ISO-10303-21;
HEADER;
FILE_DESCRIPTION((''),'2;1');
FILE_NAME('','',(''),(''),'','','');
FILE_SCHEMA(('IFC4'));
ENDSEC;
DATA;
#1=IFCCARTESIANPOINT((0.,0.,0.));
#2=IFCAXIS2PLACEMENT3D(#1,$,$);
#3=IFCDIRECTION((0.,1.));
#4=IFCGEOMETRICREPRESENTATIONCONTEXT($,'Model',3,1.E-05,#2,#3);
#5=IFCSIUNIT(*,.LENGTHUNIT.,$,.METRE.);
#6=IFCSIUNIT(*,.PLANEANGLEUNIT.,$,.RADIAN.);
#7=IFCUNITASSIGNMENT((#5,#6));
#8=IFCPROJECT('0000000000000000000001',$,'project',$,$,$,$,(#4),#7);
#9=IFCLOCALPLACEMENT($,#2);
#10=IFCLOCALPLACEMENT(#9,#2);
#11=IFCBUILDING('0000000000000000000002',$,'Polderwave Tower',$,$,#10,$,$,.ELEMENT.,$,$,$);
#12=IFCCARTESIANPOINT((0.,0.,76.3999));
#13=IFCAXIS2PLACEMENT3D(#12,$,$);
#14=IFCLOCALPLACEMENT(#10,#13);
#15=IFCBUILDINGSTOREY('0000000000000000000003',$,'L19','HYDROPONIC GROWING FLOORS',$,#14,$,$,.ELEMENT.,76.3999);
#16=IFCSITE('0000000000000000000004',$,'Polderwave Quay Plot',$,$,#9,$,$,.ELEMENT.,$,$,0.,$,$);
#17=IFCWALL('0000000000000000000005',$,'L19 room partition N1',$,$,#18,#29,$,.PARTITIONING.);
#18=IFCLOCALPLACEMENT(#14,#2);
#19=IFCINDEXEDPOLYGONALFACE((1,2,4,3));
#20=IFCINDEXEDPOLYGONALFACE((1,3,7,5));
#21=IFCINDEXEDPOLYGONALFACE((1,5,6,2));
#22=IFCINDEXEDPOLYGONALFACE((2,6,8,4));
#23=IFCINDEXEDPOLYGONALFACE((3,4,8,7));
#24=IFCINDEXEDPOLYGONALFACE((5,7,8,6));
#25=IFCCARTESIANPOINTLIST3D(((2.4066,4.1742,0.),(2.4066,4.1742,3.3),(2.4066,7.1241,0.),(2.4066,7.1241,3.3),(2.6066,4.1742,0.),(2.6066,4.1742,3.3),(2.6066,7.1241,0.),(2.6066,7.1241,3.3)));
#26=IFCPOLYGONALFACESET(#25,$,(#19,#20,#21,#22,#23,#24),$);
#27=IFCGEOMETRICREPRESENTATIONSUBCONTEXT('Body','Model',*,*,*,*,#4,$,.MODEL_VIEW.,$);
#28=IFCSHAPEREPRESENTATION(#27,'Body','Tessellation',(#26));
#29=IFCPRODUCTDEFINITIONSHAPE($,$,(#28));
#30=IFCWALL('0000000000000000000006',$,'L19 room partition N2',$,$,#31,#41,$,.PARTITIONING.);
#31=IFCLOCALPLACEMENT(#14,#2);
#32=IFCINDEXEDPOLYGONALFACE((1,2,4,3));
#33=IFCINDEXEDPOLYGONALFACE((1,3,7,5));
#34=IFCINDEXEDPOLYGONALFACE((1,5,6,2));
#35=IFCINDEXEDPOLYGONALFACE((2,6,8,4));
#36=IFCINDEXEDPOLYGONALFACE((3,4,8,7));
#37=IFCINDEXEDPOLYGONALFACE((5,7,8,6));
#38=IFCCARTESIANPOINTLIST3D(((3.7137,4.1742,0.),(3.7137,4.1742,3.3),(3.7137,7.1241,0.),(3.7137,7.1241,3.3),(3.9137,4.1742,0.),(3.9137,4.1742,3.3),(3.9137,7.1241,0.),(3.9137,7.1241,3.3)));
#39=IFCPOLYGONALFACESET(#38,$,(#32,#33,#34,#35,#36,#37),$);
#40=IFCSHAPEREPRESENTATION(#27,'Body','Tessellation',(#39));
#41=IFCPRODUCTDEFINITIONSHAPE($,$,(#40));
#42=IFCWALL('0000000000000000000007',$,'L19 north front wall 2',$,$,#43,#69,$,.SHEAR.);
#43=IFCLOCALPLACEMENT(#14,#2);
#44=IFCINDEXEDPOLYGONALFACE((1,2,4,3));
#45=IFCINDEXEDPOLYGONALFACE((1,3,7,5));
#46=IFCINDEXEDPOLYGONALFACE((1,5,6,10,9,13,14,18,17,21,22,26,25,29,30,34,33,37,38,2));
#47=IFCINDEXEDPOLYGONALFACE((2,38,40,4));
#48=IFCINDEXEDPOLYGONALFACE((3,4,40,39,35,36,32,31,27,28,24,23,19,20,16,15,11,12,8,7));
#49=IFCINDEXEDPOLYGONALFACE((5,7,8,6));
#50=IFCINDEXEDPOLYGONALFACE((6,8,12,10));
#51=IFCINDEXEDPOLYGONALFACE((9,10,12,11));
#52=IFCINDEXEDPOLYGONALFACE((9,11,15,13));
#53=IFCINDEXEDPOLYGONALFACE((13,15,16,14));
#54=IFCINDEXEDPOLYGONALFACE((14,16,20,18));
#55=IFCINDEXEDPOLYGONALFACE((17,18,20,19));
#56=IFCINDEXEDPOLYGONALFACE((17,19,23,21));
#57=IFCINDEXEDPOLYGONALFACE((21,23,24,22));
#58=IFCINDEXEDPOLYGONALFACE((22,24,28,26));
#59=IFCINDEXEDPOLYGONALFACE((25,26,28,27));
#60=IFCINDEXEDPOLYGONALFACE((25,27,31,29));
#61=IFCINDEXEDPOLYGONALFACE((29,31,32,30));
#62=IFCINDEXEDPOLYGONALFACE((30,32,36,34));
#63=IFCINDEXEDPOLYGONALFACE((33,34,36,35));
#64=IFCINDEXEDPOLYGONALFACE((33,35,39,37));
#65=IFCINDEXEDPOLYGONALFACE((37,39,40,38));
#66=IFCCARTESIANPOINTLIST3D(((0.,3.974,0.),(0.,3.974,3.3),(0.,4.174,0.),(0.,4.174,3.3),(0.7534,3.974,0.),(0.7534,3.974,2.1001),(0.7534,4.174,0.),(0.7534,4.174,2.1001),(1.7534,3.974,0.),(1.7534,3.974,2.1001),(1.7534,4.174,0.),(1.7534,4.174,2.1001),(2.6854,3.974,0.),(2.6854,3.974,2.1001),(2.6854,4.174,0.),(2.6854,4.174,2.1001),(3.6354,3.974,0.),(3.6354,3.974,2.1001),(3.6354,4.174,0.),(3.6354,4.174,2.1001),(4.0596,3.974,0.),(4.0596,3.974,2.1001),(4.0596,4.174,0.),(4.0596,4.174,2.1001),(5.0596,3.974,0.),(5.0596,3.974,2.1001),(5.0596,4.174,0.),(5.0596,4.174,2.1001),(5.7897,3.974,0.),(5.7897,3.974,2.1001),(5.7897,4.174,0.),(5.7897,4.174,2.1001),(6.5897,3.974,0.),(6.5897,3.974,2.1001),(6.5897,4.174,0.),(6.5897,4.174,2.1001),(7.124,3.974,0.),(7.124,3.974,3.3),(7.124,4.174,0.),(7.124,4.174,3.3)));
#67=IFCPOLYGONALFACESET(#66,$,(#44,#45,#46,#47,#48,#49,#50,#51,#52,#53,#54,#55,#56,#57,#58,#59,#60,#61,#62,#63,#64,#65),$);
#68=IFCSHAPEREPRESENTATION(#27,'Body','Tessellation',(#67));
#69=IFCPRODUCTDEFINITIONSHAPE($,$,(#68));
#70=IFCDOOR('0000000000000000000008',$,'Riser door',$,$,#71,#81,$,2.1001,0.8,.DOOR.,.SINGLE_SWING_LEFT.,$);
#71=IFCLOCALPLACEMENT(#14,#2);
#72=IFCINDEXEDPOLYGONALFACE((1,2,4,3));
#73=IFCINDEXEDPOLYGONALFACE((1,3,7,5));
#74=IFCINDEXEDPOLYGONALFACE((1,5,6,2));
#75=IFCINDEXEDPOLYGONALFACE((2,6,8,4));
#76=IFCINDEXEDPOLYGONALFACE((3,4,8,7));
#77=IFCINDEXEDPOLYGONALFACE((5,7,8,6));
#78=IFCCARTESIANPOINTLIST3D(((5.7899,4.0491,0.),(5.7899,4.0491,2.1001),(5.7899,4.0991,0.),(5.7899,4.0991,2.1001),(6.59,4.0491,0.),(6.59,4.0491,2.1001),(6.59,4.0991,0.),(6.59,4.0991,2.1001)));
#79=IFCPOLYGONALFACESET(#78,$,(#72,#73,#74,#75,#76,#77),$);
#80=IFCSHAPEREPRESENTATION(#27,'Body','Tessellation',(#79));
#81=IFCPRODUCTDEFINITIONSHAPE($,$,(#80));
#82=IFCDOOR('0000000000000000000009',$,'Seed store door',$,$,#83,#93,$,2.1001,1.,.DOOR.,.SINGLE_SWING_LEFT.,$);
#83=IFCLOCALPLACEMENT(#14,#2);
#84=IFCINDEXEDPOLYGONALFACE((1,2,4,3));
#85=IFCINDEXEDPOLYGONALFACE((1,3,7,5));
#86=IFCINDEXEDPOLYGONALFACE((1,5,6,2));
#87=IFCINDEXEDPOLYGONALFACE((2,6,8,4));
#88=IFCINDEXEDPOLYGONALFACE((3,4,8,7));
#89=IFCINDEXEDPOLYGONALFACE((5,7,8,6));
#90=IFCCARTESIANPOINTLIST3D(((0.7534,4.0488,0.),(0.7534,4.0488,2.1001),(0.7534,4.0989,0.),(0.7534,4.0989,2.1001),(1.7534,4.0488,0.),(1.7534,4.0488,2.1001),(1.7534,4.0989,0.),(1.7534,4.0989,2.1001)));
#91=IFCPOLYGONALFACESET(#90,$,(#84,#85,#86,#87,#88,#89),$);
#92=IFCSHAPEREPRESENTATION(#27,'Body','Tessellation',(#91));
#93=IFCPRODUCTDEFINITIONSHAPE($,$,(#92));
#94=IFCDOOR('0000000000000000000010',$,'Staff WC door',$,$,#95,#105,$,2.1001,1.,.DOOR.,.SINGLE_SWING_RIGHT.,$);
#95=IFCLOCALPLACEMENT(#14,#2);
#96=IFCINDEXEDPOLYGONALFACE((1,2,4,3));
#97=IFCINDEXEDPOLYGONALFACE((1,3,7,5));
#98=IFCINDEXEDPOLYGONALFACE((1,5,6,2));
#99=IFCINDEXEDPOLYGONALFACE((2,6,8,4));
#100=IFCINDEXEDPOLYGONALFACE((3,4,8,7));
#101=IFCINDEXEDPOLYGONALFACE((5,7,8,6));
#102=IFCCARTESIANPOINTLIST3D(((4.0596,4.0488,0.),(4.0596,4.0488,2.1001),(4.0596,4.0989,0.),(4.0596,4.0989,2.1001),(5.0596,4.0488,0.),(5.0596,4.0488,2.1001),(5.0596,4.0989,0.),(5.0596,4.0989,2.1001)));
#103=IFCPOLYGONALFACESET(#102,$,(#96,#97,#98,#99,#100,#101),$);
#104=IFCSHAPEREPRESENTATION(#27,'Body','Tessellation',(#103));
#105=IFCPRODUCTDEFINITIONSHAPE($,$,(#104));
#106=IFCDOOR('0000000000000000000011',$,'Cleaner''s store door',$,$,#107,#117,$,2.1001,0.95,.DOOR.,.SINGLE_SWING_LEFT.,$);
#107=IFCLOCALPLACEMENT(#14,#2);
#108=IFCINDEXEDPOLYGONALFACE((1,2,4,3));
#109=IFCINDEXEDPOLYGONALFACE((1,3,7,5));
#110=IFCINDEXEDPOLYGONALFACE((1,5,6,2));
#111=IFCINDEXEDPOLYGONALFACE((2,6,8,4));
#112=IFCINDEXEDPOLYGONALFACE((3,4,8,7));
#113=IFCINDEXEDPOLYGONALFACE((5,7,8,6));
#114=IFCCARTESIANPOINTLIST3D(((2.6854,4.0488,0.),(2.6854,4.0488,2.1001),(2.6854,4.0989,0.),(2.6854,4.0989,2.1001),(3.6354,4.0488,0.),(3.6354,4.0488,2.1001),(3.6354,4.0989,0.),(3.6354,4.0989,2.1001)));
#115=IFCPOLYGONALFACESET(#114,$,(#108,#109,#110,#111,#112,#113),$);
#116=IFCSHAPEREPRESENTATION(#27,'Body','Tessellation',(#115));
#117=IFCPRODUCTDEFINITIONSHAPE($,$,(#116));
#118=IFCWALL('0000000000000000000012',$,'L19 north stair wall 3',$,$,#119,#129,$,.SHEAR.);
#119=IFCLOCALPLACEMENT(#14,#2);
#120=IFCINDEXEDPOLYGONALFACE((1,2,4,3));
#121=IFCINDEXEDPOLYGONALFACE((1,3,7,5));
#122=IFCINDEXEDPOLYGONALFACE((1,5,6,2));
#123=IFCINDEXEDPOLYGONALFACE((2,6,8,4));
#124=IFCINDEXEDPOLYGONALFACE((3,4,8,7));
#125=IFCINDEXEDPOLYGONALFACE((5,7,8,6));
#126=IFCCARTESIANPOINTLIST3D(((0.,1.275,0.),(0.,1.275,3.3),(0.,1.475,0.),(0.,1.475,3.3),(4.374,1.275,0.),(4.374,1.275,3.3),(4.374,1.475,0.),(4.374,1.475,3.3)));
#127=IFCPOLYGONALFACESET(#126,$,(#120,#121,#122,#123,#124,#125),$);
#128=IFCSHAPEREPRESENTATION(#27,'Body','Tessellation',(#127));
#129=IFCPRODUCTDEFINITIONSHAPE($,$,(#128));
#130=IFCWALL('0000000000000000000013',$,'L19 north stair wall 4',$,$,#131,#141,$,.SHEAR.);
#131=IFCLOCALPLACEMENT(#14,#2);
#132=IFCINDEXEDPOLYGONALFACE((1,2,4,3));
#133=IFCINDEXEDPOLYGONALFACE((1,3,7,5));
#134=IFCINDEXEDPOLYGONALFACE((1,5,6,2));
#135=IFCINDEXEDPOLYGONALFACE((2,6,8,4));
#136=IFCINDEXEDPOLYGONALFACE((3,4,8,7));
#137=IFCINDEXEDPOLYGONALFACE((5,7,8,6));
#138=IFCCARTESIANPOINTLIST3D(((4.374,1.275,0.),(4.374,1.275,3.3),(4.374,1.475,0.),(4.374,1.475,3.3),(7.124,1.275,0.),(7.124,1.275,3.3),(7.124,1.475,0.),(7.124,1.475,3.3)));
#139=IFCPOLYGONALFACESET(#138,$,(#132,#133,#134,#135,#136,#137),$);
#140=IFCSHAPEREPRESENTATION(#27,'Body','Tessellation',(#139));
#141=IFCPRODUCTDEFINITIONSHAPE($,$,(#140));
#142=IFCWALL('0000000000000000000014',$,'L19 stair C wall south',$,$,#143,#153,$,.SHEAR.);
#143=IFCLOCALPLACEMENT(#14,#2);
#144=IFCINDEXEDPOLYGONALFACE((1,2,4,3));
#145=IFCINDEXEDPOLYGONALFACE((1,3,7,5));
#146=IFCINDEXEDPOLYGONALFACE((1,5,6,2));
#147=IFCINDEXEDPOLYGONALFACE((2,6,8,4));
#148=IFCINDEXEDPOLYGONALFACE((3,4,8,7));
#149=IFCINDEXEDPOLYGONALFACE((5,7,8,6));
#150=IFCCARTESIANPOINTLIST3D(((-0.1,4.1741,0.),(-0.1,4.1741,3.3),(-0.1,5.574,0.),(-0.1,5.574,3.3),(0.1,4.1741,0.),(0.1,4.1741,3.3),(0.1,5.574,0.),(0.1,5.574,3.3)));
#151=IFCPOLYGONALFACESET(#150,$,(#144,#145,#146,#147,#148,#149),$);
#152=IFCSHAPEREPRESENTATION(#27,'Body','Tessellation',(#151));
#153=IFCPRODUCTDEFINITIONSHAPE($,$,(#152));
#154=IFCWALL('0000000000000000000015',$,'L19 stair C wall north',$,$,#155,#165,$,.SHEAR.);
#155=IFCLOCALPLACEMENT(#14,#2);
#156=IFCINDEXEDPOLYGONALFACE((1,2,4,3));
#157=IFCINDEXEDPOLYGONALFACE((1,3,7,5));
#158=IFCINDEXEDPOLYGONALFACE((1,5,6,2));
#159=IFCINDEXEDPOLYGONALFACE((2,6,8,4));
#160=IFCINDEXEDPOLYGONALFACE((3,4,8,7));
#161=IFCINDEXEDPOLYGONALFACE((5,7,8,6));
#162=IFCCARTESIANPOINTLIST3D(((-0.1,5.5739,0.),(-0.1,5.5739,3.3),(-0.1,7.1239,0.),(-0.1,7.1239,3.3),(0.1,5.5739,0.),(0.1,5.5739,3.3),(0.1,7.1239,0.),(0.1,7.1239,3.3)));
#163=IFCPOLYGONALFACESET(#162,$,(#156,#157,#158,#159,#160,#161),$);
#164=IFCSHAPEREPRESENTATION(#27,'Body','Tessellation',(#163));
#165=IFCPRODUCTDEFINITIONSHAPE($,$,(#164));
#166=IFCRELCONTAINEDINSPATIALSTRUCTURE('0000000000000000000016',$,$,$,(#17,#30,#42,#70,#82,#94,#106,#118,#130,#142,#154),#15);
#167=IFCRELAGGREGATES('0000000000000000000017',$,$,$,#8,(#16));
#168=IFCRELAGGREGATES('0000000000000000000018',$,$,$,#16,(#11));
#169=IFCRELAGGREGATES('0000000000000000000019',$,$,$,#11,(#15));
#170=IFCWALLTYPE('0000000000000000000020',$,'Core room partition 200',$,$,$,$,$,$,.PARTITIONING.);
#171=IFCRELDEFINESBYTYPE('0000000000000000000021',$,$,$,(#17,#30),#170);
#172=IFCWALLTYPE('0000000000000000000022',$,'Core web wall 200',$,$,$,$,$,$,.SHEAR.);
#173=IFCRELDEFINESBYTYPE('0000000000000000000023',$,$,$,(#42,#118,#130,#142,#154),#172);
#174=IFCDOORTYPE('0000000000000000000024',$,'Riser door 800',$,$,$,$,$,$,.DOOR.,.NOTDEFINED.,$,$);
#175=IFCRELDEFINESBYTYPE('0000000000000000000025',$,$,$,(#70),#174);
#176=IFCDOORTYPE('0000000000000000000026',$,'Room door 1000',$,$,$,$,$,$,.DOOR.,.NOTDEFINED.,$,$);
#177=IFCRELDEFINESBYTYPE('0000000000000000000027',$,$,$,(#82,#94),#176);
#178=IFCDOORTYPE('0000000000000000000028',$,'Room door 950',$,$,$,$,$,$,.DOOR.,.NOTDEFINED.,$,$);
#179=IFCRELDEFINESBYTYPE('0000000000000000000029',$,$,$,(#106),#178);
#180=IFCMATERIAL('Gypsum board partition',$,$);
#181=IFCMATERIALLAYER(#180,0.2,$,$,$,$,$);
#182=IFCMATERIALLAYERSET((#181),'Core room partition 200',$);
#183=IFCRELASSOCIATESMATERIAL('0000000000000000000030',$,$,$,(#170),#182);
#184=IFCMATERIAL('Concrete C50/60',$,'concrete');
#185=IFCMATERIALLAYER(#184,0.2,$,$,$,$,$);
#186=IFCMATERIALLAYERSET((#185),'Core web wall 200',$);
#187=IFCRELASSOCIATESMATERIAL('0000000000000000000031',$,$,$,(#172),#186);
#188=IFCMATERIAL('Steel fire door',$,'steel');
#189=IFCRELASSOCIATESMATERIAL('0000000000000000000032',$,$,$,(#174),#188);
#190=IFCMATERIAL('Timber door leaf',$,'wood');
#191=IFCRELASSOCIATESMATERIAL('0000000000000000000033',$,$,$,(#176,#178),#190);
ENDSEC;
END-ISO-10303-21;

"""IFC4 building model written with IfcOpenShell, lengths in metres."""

from ifc_helpers import new_model, si_unit, direction, frame, frame_2d, origin, place, context, subcontext, project, spatial, rectangle, extrude, material, layer, layer_set, type_object, element, fill, save


model = new_model("IFC4")

# Units and contexts
model_context = context("Model", 3, precision=1e-05, world=origin(), true_north=direction((0.0, 1.0)))
body_context = subcontext(model_context, "Body", "Model", "MODEL_VIEW")
ifc_project = project(units=[si_unit("LENGTHUNIT", "METRE"), si_unit("PLANEANGLEUNIT", "RADIAN")], contexts=[model_context])

# Site, building, storey
site_placement = place(None, origin())
site = spatial("IfcSite", under=ifc_project, at=site_placement, Name="Polderwave Quay Plot", CompositionType="ELEMENT", RefElevation=0.0)
building_placement = place(site_placement, origin())
building = spatial("IfcBuilding", under=site, at=building_placement, Name="Polderwave Tower", CompositionType="ELEMENT")
storey_placement = place(building_placement, frame((0.0, 0.0, 76.3999)))
storey = spatial("IfcBuildingStorey", under=building, at=storey_placement, Name="L19", Description="HYDROPONIC GROWING FLOORS", CompositionType="ELEMENT", Elevation=76.3999)

# Walls
ifc_material_1 = material(Name="Gypsum board partition")
ifc_layer_1 = layer(ifc_material_1, 0.2)
ifc_layer_set_1 = layer_set([ifc_layer_1], Name="Core room partition 200")
wall_type_1 = type_object("IfcWallType", Name="Core room partition 200", PredefinedType="PARTITIONING", material=ifc_layer_set_1)
for number, where, z_axis, x_axis, name in (
    (1, (2.5066, 4.1741, 0.0), (0.0, 0.0, 1.0), (0.0, 1.0, 0.0), "L19 room partition N1"),
    (2, (3.8137, 4.1741, 0.0), (0.0, 0.0, 1.0), (0.0, 1.0, 0.0), "L19 room partition N2"),
):
    element("IfcWall", number, at=place(storey_placement, frame(where, z_axis=z_axis, x_axis=x_axis)), inside=storey, type_object=wall_type_1, Name=name, PredefinedType="PARTITIONING", context=body_context, shape_type="SweptSolid", body=[
        extrude(rectangle(XDim=2.95, YDim=0.2, at=frame_2d((1.4751, 0.0))), origin(), (0.0, 0.0, 1.0), 3.3),
    ])

# Wall, openings, doors
ifc_material_2 = material(Name="Concrete C50/60", Category="concrete")
ifc_layer_2 = layer(ifc_material_2, 0.2)
ifc_layer_set_2 = layer_set([ifc_layer_2], Name="Core web wall 200")
wall_type_2 = type_object("IfcWallType", Name="Core web wall 200", PredefinedType="SHEAR", material=ifc_layer_set_2)
wall_1_placement = place(storey_placement, frame((0.0, 4.074, 0.0), z_axis=(0.0, 0.0, 1.0), x_axis=(1.0, 0.0, 0.0)))
wall_1 = element("IfcWall", 3, at=wall_1_placement, inside=storey, type_object=wall_type_2, Name="L19 north front wall 2", PredefinedType="SHEAR", context=body_context, shape_type="SweptSolid", body=[
    extrude(rectangle(XDim=7.124, YDim=0.2, at=frame_2d((3.562, 0.0))), origin(), (0.0, 0.0, 1.0), 3.3),
])
opening_1_placement = place(wall_1_placement, frame((0.7534, 0.0, 0.0)))
opening_1 = element("IfcOpeningElement", 4, at=opening_1_placement, cuts=wall_1, PredefinedType="OPENING", context=body_context, shape_type="SweptSolid", body=[
    extrude(rectangle(XDim=1.0, YDim=2.1001, at=frame_2d((0.5, 1.05))), frame((0.0, 0.1099, 0.0), z_axis=(0.0, -1.0, 0.0), x_axis=(1.0, 0.0, 0.0)), (0.0, 0.0, 1.0), 0.22),
])
opening_2_placement = place(wall_1_placement, frame((2.6853, 0.0, 0.0)))
opening_2 = element("IfcOpeningElement", 5, at=opening_2_placement, cuts=wall_1, PredefinedType="OPENING", context=body_context, shape_type="SweptSolid", body=[
    extrude(rectangle(XDim=0.95, YDim=2.1001, at=frame_2d((0.4751, 1.05))), frame((0.0, 0.1099, 0.0), z_axis=(0.0, -1.0, 0.0), x_axis=(1.0, 0.0, 0.0)), (0.0, 0.0, 1.0), 0.22),
])
opening_3_placement = place(wall_1_placement, frame((4.0596, 0.0, 0.0)))
opening_3 = element("IfcOpeningElement", 6, at=opening_3_placement, cuts=wall_1, PredefinedType="OPENING", context=body_context, shape_type="SweptSolid", body=[
    extrude(rectangle(XDim=1.0, YDim=2.1001, at=frame_2d((0.5, 1.05))), frame((0.0, 0.1099, 0.0), z_axis=(0.0, -1.0, 0.0), x_axis=(1.0, 0.0, 0.0)), (0.0, 0.0, 1.0), 0.22),
])
opening_4_placement = place(wall_1_placement, frame((5.7898, 0.0, 0.0)))
opening_4 = element("IfcOpeningElement", 7, at=opening_4_placement, cuts=wall_1, PredefinedType="OPENING", context=body_context, shape_type="SweptSolid", body=[
    extrude(rectangle(XDim=0.8, YDim=2.1001, at=frame_2d((0.3999, 1.05))), frame((0.0, 0.1099, 0.0), z_axis=(0.0, -1.0, 0.0), x_axis=(1.0, 0.0, 0.0)), (0.0, 0.0, 1.0), 0.22),
])
ifc_material_3 = material(Name="Steel fire door", Category="steel")
door_type_1 = type_object("IfcDoorType", Name="Riser door 800", OperationType="NOTDEFINED", PredefinedType="DOOR", material=ifc_material_3)
door_1_placement = place(opening_4_placement, frame((0.8, 0.0, 0.0), z_axis=(0.0, 0.0, 1.0), x_axis=(-1.0, 0.0, 0.0)))
door_1 = element("IfcDoor", 8, at=door_1_placement, inside=storey, type_object=door_type_1, Name="Riser door", OperationType="SINGLE_SWING_LEFT", OverallHeight=2.1001, OverallWidth=0.8, PredefinedType="DOOR", context=body_context, shape_type="SweptSolid", body=[
    extrude(rectangle(XDim=0.8, YDim=2.1001, at=frame_2d((0.3999, 1.05))), frame((0.0, 0.0249, 0.0), z_axis=(0.0, -1.0, 0.0), x_axis=(1.0, 0.0, 0.0)), (0.0, 0.0, 1.0), 0.05),
])
fill(opening_4, door_1)
ifc_material_4 = material(Name="Timber door leaf", Category="wood")
door_type_2 = type_object("IfcDoorType", Name="Room door 1000", OperationType="NOTDEFINED", PredefinedType="DOOR", material=ifc_material_4)
door_2_placement = place(opening_1_placement, origin())
door_2 = element("IfcDoor", 9, at=door_2_placement, inside=storey, type_object=door_type_2, Name="Seed store door", OperationType="SINGLE_SWING_LEFT", OverallHeight=2.1001, OverallWidth=1.0, PredefinedType="DOOR", context=body_context, shape_type="SweptSolid", body=[
    extrude(rectangle(XDim=1.0, YDim=2.1001, at=frame_2d((0.5, 1.05))), frame((0.0, 0.0249, 0.0), z_axis=(0.0, -1.0, 0.0), x_axis=(1.0, 0.0, 0.0)), (0.0, 0.0, 1.0), 0.05),
])
fill(opening_1, door_2)
door_3_placement = place(opening_3_placement, origin())
door_3 = element("IfcDoor", 10, at=door_3_placement, inside=storey, type_object=door_type_2, Name="Staff WC door", OperationType="SINGLE_SWING_RIGHT", OverallHeight=2.1001, OverallWidth=1.0, PredefinedType="DOOR", context=body_context, shape_type="SweptSolid", body=[
    extrude(rectangle(XDim=1.0, YDim=2.1001, at=frame_2d((0.5, 1.05))), frame((0.0, 0.0249, 0.0), z_axis=(0.0, -1.0, 0.0), x_axis=(1.0, 0.0, 0.0)), (0.0, 0.0, 1.0), 0.05),
])
fill(opening_3, door_3)
door_type_3 = type_object("IfcDoorType", Name="Room door 950", OperationType="NOTDEFINED", PredefinedType="DOOR", material=ifc_material_4)
door_4_placement = place(opening_2_placement, origin())
door_4 = element("IfcDoor", 11, at=door_4_placement, inside=storey, type_object=door_type_3, Name="Cleaner's store door", OperationType="SINGLE_SWING_LEFT", OverallHeight=2.1001, OverallWidth=0.95, PredefinedType="DOOR", context=body_context, shape_type="SweptSolid", body=[
    extrude(rectangle(XDim=0.95, YDim=2.1001, at=frame_2d((0.4751, 1.05))), frame((0.0, 0.0249, 0.0), z_axis=(0.0, -1.0, 0.0), x_axis=(1.0, 0.0, 0.0)), (0.0, 0.0, 1.0), 0.05),
])
fill(opening_2, door_4)

# Walls
wall_2_placement = place(storey_placement, frame((0.0, 1.375, 0.0), z_axis=(0.0, 0.0, 1.0), x_axis=(1.0, 0.0, 0.0)))
element("IfcWall", 12, at=wall_2_placement, inside=storey, type_object=wall_type_2, Name="L19 north stair wall 3", PredefinedType="SHEAR", context=body_context, shape_type="SweptSolid", body=[
    extrude(rectangle(XDim=4.374, YDim=0.2, at=frame_2d((2.187, 0.0))), origin(), (0.0, 0.0, 1.0), 3.3),
])
wall_3_placement = place(storey_placement, frame((4.374, 1.375, 0.0), z_axis=(0.0, 0.0, 1.0), x_axis=(1.0, 0.0, 0.0)))
element("IfcWall", 13, at=wall_3_placement, inside=storey, type_object=wall_type_2, Name="L19 north stair wall 4", PredefinedType="SHEAR", context=body_context, shape_type="SweptSolid", body=[
    extrude(rectangle(XDim=2.75, YDim=0.2, at=frame_2d((1.375, 0.0))), origin(), (0.0, 0.0, 1.0), 3.3),
])
wall_4_placement = place(storey_placement, frame((0.0, 4.1741, 0.0), z_axis=(0.0, 0.0, 1.0), x_axis=(0.0, 1.0, 0.0)))
element("IfcWall", 14, at=wall_4_placement, inside=storey, type_object=wall_type_2, Name="L19 stair C wall south", PredefinedType="SHEAR", context=body_context, shape_type="SweptSolid", body=[
    extrude(rectangle(XDim=1.3999, YDim=0.2, at=frame_2d((0.7, 0.0))), origin(), (0.0, 0.0, 1.0), 3.3),
])
wall_5_placement = place(storey_placement, frame((0.0, 5.574, 0.0), z_axis=(0.0, 0.0, 1.0), x_axis=(0.0, 1.0, 0.0)))
element("IfcWall", 15, at=wall_5_placement, inside=storey, type_object=wall_type_2, Name="L19 stair C wall north", PredefinedType="SHEAR", context=body_context, shape_type="SweptSolid", body=[
    extrude(rectangle(XDim=1.55, YDim=0.2, at=frame_2d((0.7749, 0.0))), origin(), (0.0, 0.0, 1.0), 3.3),
])

save(model, "model.ifc")
